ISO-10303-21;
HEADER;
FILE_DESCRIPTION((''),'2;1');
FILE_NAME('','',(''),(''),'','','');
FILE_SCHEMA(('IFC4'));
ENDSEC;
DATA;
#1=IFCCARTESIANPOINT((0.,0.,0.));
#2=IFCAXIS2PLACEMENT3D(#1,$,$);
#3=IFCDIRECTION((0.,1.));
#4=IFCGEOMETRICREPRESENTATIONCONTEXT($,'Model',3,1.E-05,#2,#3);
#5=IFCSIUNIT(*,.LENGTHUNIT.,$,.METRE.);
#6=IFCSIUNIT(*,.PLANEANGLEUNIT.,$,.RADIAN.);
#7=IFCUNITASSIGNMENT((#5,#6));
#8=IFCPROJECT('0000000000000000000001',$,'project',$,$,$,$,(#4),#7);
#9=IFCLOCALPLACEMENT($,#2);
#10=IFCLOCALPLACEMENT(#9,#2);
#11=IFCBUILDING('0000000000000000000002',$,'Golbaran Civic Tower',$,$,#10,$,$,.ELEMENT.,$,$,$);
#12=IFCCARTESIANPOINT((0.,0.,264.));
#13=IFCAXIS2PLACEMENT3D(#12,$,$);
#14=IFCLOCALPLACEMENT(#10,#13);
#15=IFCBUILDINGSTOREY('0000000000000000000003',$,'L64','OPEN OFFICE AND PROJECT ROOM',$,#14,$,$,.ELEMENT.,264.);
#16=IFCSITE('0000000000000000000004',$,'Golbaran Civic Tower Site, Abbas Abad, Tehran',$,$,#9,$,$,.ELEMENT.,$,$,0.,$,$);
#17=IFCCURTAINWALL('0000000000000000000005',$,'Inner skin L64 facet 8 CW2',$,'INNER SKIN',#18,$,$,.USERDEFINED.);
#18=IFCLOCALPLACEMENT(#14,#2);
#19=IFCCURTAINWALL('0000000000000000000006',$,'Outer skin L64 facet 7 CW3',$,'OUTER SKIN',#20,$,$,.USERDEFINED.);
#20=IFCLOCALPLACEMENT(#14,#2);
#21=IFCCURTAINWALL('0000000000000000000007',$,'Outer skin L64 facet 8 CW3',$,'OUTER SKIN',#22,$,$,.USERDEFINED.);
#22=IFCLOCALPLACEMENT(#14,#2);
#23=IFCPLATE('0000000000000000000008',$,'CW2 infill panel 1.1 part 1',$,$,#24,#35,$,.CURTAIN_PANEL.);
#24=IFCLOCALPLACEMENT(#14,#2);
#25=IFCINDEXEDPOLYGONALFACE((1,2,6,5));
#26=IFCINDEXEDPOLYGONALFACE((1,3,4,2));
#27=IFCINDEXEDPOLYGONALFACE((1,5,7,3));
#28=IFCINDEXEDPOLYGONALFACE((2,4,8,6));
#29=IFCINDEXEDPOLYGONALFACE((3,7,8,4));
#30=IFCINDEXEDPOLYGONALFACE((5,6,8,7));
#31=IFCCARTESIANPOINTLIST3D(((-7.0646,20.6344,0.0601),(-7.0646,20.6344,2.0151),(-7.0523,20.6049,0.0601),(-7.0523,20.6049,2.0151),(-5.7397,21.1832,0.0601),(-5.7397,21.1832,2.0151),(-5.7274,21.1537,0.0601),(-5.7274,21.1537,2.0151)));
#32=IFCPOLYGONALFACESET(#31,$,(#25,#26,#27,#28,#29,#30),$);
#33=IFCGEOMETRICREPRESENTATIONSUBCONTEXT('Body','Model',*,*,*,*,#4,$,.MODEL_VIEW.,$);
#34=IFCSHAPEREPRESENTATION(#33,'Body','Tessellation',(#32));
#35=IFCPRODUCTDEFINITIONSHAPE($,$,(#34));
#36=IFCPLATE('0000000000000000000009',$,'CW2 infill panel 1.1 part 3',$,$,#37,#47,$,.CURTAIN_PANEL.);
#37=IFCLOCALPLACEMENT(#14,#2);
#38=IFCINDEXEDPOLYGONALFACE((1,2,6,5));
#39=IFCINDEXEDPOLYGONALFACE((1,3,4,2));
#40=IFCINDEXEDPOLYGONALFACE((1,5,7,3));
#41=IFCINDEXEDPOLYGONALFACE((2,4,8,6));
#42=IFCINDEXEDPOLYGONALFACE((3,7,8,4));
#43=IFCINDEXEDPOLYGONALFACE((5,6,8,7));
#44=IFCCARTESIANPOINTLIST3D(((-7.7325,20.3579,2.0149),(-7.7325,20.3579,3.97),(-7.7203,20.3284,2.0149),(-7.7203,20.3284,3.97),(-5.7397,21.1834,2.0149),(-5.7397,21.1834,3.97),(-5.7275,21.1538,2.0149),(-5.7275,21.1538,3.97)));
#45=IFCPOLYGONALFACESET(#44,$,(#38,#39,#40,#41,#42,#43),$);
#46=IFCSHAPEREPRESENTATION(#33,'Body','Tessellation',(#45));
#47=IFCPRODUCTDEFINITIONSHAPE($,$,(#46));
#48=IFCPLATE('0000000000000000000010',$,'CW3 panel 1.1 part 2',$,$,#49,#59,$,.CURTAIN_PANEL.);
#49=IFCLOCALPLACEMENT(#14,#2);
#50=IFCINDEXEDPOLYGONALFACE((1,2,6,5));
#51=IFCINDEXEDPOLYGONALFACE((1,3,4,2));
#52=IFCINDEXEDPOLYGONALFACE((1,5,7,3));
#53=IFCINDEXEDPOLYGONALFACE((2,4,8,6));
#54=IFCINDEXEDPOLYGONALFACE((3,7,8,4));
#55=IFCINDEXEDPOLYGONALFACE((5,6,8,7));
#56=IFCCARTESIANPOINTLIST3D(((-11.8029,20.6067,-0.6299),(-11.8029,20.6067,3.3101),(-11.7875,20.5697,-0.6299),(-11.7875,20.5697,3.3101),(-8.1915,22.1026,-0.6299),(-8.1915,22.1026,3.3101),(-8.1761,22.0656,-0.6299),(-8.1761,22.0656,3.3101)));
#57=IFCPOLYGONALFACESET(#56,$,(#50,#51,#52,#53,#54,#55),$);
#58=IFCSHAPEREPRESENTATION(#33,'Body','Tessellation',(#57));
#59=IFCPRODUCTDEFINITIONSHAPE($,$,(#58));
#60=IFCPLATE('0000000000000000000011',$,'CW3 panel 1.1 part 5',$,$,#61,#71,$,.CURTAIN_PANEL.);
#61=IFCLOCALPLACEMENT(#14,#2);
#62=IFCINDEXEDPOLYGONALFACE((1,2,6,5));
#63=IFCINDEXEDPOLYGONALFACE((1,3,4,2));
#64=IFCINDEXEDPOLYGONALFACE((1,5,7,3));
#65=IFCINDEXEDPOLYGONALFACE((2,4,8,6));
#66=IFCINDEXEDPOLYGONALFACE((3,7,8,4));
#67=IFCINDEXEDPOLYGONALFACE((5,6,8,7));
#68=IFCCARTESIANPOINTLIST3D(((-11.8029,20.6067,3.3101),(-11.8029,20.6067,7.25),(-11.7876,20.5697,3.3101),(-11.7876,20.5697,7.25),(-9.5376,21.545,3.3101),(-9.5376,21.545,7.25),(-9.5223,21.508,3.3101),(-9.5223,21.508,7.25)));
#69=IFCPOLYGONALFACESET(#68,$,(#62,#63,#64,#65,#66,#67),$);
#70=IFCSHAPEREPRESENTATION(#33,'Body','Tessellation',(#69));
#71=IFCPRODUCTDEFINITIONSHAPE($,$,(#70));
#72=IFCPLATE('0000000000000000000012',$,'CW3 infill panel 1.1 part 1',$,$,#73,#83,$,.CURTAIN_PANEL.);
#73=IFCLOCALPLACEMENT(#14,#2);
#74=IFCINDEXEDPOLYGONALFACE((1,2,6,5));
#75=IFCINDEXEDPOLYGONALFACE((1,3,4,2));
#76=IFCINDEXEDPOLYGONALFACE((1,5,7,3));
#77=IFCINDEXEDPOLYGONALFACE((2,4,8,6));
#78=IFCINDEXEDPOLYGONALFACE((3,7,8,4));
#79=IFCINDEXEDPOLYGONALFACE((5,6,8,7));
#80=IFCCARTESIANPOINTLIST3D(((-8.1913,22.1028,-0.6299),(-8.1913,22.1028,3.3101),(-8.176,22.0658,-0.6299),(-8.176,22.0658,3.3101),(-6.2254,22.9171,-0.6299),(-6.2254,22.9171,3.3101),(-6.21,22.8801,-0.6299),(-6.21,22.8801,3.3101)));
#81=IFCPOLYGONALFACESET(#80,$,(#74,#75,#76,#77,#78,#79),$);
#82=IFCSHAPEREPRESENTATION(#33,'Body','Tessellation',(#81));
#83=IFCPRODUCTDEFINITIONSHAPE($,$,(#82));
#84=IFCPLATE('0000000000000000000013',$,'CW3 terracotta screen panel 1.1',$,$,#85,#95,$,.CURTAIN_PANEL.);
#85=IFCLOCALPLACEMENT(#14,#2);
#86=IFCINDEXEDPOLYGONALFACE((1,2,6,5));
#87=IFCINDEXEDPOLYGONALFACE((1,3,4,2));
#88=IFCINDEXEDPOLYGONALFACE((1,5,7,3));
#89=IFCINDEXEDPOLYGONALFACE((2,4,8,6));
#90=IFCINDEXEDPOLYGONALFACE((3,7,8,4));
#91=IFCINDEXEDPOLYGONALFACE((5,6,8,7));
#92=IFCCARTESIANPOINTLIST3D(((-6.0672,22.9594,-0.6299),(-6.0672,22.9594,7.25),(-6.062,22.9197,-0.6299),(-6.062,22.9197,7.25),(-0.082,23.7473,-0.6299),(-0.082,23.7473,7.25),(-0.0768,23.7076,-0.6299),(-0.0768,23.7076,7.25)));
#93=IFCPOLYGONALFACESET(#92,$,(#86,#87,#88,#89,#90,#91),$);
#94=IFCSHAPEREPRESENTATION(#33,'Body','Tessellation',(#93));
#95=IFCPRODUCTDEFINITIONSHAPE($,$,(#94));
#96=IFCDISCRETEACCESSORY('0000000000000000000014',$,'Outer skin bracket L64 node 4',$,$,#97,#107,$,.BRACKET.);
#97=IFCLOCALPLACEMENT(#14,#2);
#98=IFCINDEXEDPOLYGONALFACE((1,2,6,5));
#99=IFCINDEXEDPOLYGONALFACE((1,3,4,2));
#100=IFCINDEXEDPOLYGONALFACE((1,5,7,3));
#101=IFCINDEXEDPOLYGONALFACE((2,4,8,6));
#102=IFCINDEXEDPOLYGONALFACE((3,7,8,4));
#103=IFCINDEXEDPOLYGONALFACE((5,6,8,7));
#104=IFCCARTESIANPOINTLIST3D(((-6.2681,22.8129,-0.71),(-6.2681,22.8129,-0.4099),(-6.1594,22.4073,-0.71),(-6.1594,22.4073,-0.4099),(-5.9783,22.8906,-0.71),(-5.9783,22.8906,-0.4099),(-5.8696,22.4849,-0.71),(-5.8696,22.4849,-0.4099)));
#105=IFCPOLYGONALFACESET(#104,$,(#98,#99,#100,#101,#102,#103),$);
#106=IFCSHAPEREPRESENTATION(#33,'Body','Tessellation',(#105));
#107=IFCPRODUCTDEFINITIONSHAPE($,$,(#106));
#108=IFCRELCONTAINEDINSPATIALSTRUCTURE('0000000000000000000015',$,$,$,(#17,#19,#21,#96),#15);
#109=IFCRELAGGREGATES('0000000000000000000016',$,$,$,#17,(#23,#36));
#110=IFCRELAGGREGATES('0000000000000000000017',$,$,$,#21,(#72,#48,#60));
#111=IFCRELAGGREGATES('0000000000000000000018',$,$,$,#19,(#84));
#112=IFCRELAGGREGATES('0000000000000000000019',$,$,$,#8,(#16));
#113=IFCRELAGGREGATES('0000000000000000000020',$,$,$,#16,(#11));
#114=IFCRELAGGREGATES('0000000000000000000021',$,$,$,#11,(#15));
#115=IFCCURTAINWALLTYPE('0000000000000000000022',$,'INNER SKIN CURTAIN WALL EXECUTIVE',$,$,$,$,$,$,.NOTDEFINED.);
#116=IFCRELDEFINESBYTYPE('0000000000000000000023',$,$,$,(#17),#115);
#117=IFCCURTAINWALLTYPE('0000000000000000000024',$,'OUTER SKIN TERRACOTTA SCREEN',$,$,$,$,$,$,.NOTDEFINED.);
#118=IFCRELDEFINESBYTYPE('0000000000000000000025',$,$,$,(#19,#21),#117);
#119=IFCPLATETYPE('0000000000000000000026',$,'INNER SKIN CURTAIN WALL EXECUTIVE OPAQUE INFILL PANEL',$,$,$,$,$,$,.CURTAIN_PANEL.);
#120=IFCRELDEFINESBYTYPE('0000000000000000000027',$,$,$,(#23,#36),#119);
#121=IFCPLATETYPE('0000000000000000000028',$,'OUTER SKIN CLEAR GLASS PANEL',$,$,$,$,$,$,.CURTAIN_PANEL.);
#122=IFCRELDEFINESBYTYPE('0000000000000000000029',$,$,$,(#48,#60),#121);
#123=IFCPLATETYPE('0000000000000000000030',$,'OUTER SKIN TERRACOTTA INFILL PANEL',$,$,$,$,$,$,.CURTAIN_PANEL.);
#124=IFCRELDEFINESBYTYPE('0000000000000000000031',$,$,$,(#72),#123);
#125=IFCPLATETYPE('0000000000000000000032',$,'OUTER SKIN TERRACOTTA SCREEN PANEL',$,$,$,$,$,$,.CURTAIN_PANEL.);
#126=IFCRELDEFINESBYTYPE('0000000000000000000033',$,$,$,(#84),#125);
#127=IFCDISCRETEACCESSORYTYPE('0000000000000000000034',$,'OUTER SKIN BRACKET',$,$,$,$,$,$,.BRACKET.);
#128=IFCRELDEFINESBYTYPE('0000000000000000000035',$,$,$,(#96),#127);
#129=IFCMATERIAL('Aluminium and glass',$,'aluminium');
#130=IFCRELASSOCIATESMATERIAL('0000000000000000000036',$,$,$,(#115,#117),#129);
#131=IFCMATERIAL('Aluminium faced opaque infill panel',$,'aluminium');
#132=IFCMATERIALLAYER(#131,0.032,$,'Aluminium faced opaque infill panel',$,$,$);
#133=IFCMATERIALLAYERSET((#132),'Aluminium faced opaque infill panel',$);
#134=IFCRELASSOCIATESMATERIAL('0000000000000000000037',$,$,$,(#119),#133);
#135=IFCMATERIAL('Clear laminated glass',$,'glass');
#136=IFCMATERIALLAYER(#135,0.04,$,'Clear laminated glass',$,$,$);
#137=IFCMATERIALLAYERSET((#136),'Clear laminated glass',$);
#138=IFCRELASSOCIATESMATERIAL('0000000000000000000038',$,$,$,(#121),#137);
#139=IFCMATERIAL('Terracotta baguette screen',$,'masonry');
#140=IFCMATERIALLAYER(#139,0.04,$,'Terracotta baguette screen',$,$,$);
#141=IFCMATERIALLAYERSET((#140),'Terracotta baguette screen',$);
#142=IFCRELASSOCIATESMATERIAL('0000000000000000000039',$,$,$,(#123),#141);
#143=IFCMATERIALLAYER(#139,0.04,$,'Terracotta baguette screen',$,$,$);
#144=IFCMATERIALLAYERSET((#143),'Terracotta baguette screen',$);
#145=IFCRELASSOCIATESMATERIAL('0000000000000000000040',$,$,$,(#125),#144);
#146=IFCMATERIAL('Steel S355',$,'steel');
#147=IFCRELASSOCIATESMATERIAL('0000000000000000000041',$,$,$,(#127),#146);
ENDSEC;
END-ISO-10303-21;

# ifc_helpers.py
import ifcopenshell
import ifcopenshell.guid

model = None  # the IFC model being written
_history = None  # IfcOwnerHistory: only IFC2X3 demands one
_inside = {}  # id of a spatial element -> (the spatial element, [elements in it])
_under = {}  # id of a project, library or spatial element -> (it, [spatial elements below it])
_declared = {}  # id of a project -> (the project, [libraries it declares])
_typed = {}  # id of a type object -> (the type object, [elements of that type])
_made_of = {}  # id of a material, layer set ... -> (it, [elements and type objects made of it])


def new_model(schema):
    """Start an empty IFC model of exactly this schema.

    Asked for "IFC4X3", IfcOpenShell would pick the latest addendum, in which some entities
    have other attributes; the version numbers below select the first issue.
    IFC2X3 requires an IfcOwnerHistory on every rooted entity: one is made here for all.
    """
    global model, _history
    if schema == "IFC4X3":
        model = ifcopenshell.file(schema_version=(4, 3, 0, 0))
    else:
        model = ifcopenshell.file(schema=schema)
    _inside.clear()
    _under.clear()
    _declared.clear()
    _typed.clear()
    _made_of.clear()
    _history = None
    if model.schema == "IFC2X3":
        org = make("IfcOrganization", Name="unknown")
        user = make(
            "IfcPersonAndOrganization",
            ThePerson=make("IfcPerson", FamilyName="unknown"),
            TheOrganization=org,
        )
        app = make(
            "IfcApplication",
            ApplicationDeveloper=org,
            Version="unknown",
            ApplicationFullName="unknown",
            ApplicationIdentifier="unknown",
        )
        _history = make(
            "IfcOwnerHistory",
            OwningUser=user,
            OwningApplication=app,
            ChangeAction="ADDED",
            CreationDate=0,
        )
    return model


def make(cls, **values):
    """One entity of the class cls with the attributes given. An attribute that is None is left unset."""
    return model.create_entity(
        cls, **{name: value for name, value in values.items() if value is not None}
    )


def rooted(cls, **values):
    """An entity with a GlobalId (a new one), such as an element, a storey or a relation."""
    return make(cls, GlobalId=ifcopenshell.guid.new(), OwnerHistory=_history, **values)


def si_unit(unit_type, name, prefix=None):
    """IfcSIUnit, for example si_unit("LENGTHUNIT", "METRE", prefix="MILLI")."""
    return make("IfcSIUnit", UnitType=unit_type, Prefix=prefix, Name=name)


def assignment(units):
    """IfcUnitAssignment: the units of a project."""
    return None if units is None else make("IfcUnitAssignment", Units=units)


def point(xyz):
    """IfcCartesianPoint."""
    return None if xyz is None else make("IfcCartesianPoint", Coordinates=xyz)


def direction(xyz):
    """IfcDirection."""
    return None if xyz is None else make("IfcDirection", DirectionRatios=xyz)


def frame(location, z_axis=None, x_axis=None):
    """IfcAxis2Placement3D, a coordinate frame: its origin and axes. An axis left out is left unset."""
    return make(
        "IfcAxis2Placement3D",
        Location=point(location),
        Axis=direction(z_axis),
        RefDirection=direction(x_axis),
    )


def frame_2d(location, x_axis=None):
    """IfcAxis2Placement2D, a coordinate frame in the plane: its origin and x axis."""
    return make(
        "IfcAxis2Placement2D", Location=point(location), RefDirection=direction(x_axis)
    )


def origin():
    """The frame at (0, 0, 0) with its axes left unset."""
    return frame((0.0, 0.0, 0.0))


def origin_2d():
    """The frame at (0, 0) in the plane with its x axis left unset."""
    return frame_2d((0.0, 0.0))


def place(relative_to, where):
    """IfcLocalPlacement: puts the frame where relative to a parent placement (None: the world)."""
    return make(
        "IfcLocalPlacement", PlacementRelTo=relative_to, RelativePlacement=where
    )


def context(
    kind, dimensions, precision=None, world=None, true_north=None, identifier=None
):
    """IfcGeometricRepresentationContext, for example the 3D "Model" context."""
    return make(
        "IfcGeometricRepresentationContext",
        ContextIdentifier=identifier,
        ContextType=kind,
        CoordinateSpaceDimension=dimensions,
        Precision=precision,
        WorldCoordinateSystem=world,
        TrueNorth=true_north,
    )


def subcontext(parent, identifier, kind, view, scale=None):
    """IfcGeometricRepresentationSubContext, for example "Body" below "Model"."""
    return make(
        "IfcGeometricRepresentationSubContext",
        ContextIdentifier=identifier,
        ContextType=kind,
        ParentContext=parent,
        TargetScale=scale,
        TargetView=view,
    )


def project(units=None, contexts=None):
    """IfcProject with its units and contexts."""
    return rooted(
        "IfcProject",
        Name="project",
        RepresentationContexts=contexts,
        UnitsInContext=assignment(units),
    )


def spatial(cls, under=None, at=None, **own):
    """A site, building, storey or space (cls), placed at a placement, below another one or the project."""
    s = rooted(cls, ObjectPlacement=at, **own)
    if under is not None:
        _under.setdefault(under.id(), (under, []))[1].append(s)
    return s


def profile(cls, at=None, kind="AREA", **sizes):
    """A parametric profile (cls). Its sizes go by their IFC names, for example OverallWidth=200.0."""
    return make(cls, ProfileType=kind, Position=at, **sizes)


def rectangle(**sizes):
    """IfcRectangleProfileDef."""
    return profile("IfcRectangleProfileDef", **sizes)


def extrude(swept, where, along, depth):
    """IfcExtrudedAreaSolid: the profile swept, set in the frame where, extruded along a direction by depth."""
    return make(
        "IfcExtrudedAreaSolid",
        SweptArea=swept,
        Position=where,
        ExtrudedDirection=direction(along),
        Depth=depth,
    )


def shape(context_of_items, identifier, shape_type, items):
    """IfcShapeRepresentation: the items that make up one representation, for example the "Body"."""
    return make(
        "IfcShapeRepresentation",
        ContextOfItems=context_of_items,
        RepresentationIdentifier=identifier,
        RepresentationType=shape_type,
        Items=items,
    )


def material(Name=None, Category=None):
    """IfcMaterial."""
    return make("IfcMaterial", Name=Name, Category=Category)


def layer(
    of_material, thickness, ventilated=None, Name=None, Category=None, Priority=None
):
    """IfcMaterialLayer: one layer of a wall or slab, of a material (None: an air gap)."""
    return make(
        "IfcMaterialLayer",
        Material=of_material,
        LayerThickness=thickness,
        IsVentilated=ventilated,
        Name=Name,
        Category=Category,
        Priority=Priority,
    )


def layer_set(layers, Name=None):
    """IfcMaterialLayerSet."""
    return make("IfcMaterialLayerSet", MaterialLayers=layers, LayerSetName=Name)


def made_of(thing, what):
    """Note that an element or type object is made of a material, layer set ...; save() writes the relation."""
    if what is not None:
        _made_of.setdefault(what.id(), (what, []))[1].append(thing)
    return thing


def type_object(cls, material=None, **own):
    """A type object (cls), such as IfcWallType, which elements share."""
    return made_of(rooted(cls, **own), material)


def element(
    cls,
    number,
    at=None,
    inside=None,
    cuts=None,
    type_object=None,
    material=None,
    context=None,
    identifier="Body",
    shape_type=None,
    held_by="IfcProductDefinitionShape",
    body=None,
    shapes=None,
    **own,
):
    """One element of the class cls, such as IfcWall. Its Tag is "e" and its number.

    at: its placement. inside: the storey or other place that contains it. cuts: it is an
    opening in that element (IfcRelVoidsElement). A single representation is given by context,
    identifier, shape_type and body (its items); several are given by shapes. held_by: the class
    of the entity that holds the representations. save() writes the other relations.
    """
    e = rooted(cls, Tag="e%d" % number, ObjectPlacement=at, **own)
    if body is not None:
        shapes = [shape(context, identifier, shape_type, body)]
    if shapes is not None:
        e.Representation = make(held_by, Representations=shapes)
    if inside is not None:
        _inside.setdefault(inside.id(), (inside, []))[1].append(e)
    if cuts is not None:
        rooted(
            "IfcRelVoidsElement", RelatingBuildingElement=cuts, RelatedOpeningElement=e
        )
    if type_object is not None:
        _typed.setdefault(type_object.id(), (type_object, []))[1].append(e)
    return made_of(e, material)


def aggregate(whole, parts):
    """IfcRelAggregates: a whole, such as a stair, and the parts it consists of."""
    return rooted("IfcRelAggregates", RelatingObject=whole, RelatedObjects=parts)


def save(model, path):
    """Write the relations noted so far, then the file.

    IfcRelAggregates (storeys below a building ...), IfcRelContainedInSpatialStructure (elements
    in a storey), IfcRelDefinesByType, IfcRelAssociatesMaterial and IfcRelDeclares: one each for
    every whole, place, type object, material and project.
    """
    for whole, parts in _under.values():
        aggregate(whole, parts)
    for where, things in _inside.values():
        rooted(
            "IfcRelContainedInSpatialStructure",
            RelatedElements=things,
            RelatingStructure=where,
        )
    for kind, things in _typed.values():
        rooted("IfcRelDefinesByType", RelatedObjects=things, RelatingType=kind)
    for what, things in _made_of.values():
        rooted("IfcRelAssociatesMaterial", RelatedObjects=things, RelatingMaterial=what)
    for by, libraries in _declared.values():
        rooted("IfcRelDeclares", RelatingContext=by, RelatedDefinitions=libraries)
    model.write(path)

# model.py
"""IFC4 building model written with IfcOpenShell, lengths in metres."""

from ifc_helpers import new_model, si_unit, direction, frame, origin, origin_2d, place, context, subcontext, project, spatial, rectangle, extrude, material, layer, layer_set, type_object, element, aggregate, save


model = new_model("IFC4")

# Units and contexts
model_context = context("Model", 3, precision=1e-05, world=origin(), true_north=direction((0.0, 1.0)))
body_context = subcontext(model_context, "Body", "Model", "MODEL_VIEW")
ifc_project = project(units=[si_unit("LENGTHUNIT", "METRE"), si_unit("PLANEANGLEUNIT", "RADIAN")], contexts=[model_context])

# Site, building, storey
site_placement = place(None, origin())
site = spatial("IfcSite", under=ifc_project, at=site_placement, Name="Golbaran Civic Tower Site, Abbas Abad, Tehran", CompositionType="ELEMENT", RefElevation=0.0)
building_placement = place(site_placement, origin())
building = spatial("IfcBuilding", under=site, at=building_placement, Name="Golbaran Civic Tower", CompositionType="ELEMENT")
storey_placement = place(building_placement, frame((0.0, 0.0, 264.0)))
storey = spatial("IfcBuildingStorey", under=building, at=storey_placement, Name="L64", Description="OPEN OFFICE AND PROJECT ROOM", CompositionType="ELEMENT", Elevation=264.0)

# Shared definitions
ifc_material_1 = material(Name="Steel S355", Category="steel")

# Shared definitions
ifc_material_2 = material(Name="Aluminium and glass", Category="aluminium")
curtain_wall_type_1 = type_object("IfcCurtainWallType", Name="INNER SKIN CURTAIN WALL EXECUTIVE", PredefinedType="NOTDEFINED", material=ifc_material_2)

# Curtain wall
curtain_wall_1_placement = place(storey_placement, origin())
curtain_wall_1 = element("IfcCurtainWall", 1, at=curtain_wall_1_placement, inside=storey, type_object=curtain_wall_type_1, Name="Inner skin L64 facet 8 CW2", ObjectType="INNER SKIN", PredefinedType="USERDEFINED")

# Curtain walls
curtain_wall_type_2 = type_object("IfcCurtainWallType", Name="OUTER SKIN TERRACOTTA SCREEN", PredefinedType="NOTDEFINED", material=ifc_material_2)
curtain_wall_2_placement = place(storey_placement, origin())
curtain_wall_2 = element("IfcCurtainWall", 2, at=curtain_wall_2_placement, inside=storey, type_object=curtain_wall_type_2, Name="Outer skin L64 facet 7 CW3", ObjectType="OUTER SKIN", PredefinedType="USERDEFINED")
curtain_wall_3_placement = place(storey_placement, origin())
curtain_wall_3 = element("IfcCurtainWall", 3, at=curtain_wall_3_placement, inside=storey, type_object=curtain_wall_type_2, Name="Outer skin L64 facet 8 CW3", ObjectType="OUTER SKIN", PredefinedType="USERDEFINED")

# Plates
ifc_material_3 = material(Name="Aluminium faced opaque infill panel", Category="aluminium")
ifc_layer_1 = layer(ifc_material_3, 0.032, Name="Aluminium faced opaque infill panel")
ifc_layer_set_1 = layer_set([ifc_layer_1], Name="Aluminium faced opaque infill panel")
plate_type_1 = type_object("IfcPlateType", Name="INNER SKIN CURTAIN WALL EXECUTIVE OPAQUE INFILL PANEL", PredefinedType="CURTAIN_PANEL", material=ifc_layer_set_1)
plate_1_placement = place(storey_placement, frame((-6.396, 20.894, 0.0601), z_axis=(0.0, 0.0, 1.0), x_axis=(-0.92388, -0.382683, 0.0)))
plate_1 = element("IfcPlate", 4, at=plate_1_placement, type_object=plate_type_1, Name="CW2 infill panel 1.1 part 1", PredefinedType="CURTAIN_PANEL", context=body_context, shape_type="SweptSolid", body=[
    extrude(rectangle(XDim=1.4341, YDim=0.032, at=origin_2d()), origin(), (0.0, 0.0, 1.0), 1.9551),
])
plate_2_placement = place(storey_placement, frame((-6.73, 20.7559, 2.0149), z_axis=(0.0, 0.0, 1.0), x_axis=(-0.92388, -0.382683, 0.0)))
plate_2 = element("IfcPlate", 5, at=plate_2_placement, type_object=plate_type_1, Name="CW2 infill panel 1.1 part 3", PredefinedType="CURTAIN_PANEL", context=body_context, shape_type="SweptSolid", body=[
    extrude(rectangle(XDim=2.157, YDim=0.032, at=origin_2d()), origin(), (0.0, 0.0, 1.0), 1.9551),
])
aggregate(curtain_wall_1, [plate_1, plate_2])
ifc_material_4 = material(Name="Clear laminated glass", Category="glass")
ifc_layer_2 = layer(ifc_material_4, 0.04, Name="Clear laminated glass")
ifc_layer_set_2 = layer_set([ifc_layer_2], Name="Clear laminated glass")
plate_type_2 = type_object("IfcPlateType", Name="OUTER SKIN CLEAR GLASS PANEL", PredefinedType="CURTAIN_PANEL", material=ifc_layer_set_2)
plate_3_placement = place(storey_placement, frame((-9.9895, 21.3362, -0.6299), z_axis=(0.0, 0.0, 1.0), x_axis=(-0.92388, -0.382683, 0.0)))
plate_3 = element("IfcPlate", 6, at=plate_3_placement, type_object=plate_type_2, Name="CW3 panel 1.1 part 2", PredefinedType="CURTAIN_PANEL", context=body_context, shape_type="SweptSolid", body=[
    extrude(rectangle(XDim=3.9089, YDim=0.04, at=origin_2d()), origin(), (0.0, 0.0, 1.0), 3.9399),
])
plate_4_placement = place(storey_placement, frame((-10.6626, 21.0574, 3.3101), z_axis=(0.0, 0.0, 1.0), x_axis=(-0.92388, -0.382683, 0.0)))
plate_4 = element("IfcPlate", 7, at=plate_4_placement, type_object=plate_type_2, Name="CW3 panel 1.1 part 5", PredefinedType="CURTAIN_PANEL", context=body_context, shape_type="SweptSolid", body=[
    extrude(rectangle(XDim=2.4519, YDim=0.04, at=origin_2d()), origin(), (0.0, 0.0, 1.0), 3.9399),
])
ifc_material_5 = material(Name="Terracotta baguette screen", Category="masonry")
ifc_layer_3 = layer(ifc_material_5, 0.04, Name="Terracotta baguette screen")
ifc_layer_set_3 = layer_set([ifc_layer_3], Name="Terracotta baguette screen")
plate_type_3 = type_object("IfcPlateType", Name="OUTER SKIN TERRACOTTA INFILL PANEL", PredefinedType="CURTAIN_PANEL", material=ifc_layer_set_3)
plate_5_placement = place(storey_placement, frame((-7.2007, 22.4915, -0.6299), z_axis=(0.0, 0.0, 1.0), x_axis=(-0.92388, -0.382683, 0.0)))
plate_5 = element("IfcPlate", 8, at=plate_5_placement, type_object=plate_type_3, Name="CW3 infill panel 1.1 part 1", PredefinedType="CURTAIN_PANEL", context=body_context, shape_type="SweptSolid", body=[
    extrude(rectangle(XDim=2.1279, YDim=0.04, at=origin_2d()), origin(), (0.0, 0.0, 1.0), 3.9399),
])
aggregate(curtain_wall_3, [plate_5, plate_3, plate_4])
ifc_layer_4 = layer(ifc_material_5, 0.04, Name="Terracotta baguette screen")
ifc_layer_set_4 = layer_set([ifc_layer_4], Name="Terracotta baguette screen")
plate_type_4 = type_object("IfcPlateType", Name="OUTER SKIN TERRACOTTA SCREEN PANEL", PredefinedType="CURTAIN_PANEL", material=ifc_layer_set_4)
plate_6_placement = place(storey_placement, frame((-3.072, 23.3335, -0.6299), z_axis=(0.0, 0.0, 1.0), x_axis=(-0.991445, -0.130526, 0.0)))
plate_6 = element("IfcPlate", 9, at=plate_6_placement, type_object=plate_type_4, Name="CW3 terracotta screen panel 1.1", PredefinedType="CURTAIN_PANEL", context=body_context, shape_type="SweptSolid", body=[
    extrude(rectangle(XDim=6.0369, YDim=0.04, at=origin_2d()), origin(), (0.0, 0.0, 1.0), 7.8799),
])
aggregate(curtain_wall_2, [plate_6])

# Discrete accessory
discrete_accessory_type = type_object("IfcDiscreteAccessoryType", Name="OUTER SKIN BRACKET", PredefinedType="BRACKET", material=ifc_material_1)
discrete_accessory_placement = place(storey_placement, frame((-6.0688, 22.6489, -0.71), z_axis=(0.0, 0.0, 1.0), x_axis=(-0.258819, 0.965926, 0.0)))
element("IfcDiscreteAccessory", 10, at=discrete_accessory_placement, inside=storey, type_object=discrete_accessory_type, Name="Outer skin bracket L64 node 4", PredefinedType="BRACKET", context=body_context, shape_type="SweptSolid", body=[
    extrude(rectangle(XDim=0.4199, YDim=0.3, at=origin_2d()), origin(), (0.0, 0.0, 1.0), 0.3),
])

save(model, "model.ifc")
